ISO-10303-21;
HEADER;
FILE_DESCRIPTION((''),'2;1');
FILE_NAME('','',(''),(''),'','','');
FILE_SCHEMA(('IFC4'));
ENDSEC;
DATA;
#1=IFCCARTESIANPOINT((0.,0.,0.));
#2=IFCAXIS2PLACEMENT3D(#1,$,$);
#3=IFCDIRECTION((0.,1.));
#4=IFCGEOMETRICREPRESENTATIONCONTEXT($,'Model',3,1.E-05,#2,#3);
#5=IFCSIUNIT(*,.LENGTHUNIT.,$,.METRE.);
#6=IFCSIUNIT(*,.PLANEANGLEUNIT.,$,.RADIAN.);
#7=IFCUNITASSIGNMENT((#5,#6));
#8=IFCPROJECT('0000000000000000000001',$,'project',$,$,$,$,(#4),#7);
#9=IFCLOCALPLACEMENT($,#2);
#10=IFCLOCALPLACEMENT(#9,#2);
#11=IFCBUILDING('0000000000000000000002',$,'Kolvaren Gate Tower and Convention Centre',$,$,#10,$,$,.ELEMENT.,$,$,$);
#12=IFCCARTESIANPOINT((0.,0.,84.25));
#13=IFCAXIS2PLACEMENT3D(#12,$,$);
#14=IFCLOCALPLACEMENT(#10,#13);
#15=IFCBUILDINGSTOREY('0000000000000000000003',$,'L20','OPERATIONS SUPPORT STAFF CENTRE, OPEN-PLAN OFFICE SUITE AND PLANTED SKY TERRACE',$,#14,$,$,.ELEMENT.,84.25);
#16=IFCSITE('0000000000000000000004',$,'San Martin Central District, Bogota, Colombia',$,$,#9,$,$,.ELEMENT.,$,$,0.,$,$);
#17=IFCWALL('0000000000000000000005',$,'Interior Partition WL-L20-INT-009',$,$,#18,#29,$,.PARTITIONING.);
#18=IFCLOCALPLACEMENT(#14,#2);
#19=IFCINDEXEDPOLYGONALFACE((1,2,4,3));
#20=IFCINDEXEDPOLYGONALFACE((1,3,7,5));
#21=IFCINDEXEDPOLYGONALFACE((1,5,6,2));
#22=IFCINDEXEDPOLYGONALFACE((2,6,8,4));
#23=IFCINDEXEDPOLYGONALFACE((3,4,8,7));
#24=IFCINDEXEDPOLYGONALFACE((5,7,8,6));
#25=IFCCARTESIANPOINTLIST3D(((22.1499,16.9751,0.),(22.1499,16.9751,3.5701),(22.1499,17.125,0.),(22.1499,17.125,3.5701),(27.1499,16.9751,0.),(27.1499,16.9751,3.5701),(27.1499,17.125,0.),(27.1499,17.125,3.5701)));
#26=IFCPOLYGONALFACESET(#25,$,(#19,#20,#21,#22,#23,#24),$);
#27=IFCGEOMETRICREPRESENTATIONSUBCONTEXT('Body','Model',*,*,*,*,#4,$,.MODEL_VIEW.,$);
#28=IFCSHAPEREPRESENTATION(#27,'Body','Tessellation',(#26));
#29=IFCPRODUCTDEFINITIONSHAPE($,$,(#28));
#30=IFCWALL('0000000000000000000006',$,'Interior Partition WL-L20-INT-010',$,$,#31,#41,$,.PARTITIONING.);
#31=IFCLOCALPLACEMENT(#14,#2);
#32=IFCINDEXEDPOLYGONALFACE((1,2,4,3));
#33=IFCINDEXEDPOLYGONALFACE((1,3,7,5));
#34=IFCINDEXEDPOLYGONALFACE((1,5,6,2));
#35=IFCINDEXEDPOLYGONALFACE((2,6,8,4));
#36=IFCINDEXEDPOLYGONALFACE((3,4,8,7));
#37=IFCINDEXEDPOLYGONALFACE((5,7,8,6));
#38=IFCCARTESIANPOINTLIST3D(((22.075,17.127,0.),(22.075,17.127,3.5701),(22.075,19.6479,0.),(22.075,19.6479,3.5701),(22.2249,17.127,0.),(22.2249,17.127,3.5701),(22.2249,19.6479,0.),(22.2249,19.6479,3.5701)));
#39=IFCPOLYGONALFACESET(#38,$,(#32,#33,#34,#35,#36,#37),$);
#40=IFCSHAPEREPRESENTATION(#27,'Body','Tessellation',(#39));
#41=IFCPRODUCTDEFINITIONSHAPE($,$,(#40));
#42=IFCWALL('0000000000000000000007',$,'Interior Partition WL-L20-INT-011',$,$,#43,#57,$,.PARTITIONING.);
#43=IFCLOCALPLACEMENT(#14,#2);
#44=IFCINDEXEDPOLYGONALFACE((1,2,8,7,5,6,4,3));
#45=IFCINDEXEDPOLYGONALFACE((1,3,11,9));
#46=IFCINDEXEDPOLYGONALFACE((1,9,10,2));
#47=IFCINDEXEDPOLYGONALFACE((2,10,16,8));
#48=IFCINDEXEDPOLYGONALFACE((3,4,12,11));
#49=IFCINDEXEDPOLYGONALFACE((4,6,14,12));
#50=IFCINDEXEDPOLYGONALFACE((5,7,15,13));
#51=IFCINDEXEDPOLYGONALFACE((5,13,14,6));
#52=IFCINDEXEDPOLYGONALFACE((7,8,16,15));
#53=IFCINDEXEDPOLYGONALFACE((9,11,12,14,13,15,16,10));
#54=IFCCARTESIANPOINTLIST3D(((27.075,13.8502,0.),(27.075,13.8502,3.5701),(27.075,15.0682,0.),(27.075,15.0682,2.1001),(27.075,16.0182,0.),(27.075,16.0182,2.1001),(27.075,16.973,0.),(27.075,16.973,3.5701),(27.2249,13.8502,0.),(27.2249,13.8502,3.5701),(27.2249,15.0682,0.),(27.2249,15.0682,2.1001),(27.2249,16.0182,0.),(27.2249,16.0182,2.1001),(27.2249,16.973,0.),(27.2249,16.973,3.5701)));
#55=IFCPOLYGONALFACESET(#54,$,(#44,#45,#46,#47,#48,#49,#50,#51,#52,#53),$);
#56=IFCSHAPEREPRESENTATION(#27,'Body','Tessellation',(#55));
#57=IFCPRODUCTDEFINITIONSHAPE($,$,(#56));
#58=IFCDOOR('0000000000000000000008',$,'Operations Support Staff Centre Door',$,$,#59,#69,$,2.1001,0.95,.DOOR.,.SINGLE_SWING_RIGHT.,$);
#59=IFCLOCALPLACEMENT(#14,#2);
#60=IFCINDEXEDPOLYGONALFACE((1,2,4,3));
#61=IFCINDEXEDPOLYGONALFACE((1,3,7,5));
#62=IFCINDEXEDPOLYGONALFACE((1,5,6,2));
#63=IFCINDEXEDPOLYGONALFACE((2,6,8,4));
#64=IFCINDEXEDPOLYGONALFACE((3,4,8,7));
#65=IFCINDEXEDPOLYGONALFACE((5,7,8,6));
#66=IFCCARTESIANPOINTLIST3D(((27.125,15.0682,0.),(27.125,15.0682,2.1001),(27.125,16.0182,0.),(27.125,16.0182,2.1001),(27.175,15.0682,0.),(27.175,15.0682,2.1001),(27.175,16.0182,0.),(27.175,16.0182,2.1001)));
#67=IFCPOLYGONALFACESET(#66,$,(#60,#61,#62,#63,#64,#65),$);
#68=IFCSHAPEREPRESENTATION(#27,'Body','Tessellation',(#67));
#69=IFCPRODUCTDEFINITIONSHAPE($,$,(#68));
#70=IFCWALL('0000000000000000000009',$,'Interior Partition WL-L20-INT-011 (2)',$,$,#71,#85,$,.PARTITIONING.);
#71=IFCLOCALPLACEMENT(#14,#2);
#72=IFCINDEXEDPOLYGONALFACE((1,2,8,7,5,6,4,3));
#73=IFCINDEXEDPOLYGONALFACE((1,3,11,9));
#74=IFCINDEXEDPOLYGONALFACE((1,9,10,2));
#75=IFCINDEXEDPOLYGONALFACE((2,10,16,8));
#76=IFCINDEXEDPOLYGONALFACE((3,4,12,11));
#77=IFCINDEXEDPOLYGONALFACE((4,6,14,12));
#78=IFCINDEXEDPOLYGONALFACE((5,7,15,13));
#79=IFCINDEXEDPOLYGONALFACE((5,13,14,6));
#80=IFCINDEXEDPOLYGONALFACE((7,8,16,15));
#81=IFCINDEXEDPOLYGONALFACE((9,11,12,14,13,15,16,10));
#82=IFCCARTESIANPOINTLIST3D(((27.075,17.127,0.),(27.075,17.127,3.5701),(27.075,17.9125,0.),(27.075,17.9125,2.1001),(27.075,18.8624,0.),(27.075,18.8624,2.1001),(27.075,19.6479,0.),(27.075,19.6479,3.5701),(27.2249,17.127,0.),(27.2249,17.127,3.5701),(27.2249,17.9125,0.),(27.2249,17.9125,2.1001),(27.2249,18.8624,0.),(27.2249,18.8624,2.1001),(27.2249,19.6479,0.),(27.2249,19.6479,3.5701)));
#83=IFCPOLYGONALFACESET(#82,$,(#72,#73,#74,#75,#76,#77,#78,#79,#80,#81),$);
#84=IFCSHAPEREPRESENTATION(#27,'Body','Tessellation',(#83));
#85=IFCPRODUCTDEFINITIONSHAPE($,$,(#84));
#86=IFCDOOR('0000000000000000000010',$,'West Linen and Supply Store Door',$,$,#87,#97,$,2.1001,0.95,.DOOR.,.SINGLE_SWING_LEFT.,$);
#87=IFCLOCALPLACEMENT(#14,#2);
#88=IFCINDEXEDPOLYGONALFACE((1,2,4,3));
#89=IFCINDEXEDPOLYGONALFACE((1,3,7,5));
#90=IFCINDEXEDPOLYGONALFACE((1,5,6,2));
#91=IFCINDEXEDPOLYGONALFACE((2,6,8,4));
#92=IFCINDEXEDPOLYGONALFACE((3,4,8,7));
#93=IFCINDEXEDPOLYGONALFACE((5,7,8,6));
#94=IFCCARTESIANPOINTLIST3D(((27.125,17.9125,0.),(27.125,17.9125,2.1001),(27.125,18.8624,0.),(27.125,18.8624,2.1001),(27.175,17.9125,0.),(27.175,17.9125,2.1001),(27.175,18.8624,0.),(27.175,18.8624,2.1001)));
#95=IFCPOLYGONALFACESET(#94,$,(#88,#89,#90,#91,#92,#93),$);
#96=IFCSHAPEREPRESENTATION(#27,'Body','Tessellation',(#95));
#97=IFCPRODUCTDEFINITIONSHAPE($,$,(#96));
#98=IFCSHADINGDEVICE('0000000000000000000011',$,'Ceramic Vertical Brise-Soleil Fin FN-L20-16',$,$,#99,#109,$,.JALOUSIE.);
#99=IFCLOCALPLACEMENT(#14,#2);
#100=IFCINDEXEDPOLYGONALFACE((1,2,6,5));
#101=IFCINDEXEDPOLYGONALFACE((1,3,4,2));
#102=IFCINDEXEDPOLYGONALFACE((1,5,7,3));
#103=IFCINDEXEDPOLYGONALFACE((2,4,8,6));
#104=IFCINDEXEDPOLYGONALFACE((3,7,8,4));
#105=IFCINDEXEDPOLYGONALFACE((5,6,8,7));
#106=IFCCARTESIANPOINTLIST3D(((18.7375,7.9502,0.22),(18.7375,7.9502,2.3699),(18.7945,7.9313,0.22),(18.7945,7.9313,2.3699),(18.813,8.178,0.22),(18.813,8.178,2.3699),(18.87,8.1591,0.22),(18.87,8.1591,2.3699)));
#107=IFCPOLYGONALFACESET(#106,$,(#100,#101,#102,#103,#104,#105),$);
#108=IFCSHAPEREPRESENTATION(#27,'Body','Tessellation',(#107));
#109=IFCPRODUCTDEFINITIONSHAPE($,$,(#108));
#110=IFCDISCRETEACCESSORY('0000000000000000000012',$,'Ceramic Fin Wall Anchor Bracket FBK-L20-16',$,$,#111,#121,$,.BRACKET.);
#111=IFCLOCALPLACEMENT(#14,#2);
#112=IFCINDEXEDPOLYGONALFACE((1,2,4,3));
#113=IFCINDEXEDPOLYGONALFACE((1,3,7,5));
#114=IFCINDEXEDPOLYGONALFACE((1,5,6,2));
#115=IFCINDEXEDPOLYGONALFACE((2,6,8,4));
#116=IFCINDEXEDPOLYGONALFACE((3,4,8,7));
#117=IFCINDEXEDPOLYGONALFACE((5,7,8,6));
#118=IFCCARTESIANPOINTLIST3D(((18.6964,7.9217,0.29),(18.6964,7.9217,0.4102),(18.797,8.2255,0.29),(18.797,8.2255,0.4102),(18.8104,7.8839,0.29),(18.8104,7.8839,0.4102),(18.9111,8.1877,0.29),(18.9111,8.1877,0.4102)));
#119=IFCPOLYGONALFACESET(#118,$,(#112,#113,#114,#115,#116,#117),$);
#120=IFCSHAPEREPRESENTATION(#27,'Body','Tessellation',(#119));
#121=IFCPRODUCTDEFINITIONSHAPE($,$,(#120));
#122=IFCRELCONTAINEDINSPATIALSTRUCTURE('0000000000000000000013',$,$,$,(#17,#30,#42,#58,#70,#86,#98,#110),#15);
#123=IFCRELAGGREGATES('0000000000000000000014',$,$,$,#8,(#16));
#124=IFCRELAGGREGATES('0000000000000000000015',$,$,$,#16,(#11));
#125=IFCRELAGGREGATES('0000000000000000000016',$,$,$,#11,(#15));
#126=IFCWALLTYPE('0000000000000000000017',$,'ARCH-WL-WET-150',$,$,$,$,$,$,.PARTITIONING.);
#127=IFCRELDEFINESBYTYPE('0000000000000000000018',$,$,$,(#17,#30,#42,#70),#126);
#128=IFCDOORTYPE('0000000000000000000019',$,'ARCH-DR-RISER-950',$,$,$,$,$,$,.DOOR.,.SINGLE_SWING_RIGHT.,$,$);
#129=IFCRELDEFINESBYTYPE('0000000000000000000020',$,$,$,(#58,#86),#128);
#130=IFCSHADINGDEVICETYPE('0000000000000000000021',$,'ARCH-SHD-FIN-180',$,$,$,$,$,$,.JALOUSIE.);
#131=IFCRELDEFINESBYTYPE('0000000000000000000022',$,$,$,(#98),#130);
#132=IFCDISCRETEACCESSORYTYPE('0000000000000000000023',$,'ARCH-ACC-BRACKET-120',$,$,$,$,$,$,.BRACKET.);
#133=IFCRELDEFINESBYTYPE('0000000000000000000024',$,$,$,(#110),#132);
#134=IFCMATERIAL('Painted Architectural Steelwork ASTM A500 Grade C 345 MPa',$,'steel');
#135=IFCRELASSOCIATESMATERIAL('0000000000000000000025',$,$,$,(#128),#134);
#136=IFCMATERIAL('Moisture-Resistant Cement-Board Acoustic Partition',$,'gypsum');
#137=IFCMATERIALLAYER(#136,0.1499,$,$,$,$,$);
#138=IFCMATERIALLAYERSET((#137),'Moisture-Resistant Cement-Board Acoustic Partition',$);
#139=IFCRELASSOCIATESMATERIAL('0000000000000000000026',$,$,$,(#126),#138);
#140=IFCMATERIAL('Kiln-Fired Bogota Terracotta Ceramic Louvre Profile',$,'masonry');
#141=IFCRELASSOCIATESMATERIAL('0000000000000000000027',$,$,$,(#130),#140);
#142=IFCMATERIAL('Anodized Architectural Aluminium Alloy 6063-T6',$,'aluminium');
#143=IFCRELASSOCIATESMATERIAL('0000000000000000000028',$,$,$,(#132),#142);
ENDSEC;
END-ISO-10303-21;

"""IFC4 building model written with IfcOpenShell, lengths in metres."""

from ifc_helpers import new_model, si_unit, direction, frame, frame_2d, origin, origin_2d, place, context, subcontext, project, spatial, rectangle, extrude, material, layer, layer_set, type_object, element, fill, save


model = new_model("IFC4")

# Units and contexts
model_context = context("Model", 3, precision=1e-05, world=origin(), true_north=direction((0.0, 1.0)))
body_context = subcontext(model_context, "Body", "Model", "MODEL_VIEW")
ifc_project = project(units=[si_unit("LENGTHUNIT", "METRE"), si_unit("PLANEANGLEUNIT", "RADIAN")], contexts=[model_context])

# Site, building, storey
site_placement = place(None, origin())
site = spatial("IfcSite", under=ifc_project, at=site_placement, Name="San Martin Central District, Bogota, Colombia", CompositionType="ELEMENT", RefElevation=0.0)
building_placement = place(site_placement, origin())
building = spatial("IfcBuilding", under=site, at=building_placement, Name="Kolvaren Gate Tower and Convention Centre", CompositionType="ELEMENT")
storey_placement = place(building_placement, frame((0.0, 0.0, 84.25)))
storey = spatial("IfcBuildingStorey", under=building, at=storey_placement, Name="L20", Description="OPERATIONS SUPPORT STAFF CENTRE, OPEN-PLAN OFFICE SUITE AND PLANTED SKY TERRACE", CompositionType="ELEMENT", Elevation=84.25)

# Shared definitions
ifc_material_1 = material(Name="Painted Architectural Steelwork ASTM A500 Grade C 345 MPa", Category="steel")
door_type_1 = type_object("IfcDoorType", Name="ARCH-DR-RISER-950", OperationType="SINGLE_SWING_RIGHT", PredefinedType="DOOR", material=ifc_material_1)

# Walls
ifc_material_2 = material(Name="Moisture-Resistant Cement-Board Acoustic Partition", Category="gypsum")
ifc_layer_1 = layer(ifc_material_2, 0.1499)
ifc_layer_set_1 = layer_set([ifc_layer_1], Name="Moisture-Resistant Cement-Board Acoustic Partition")
wall_type_1 = type_object("IfcWallType", Name="ARCH-WL-WET-150", PredefinedType="PARTITIONING", material=ifc_layer_set_1)
wall_1_placement = place(storey_placement, frame((22.1499, 17.05, 0.0), z_axis=(0.0, 0.0, 1.0), x_axis=(1.0, 0.0, 0.0)))
element("IfcWall", 1, at=wall_1_placement, inside=storey, type_object=wall_type_1, Name="Interior Partition WL-L20-INT-009", PredefinedType="PARTITIONING", context=body_context, shape_type="SweptSolid", body=[
    extrude(rectangle(XDim=5.0, YDim=0.1499, at=frame_2d((2.5, 0.0))), origin(), (0.0, 0.0, 1.0), 3.5701),
])
wall_2_placement = place(storey_placement, frame((22.1499, 17.127, 0.0), z_axis=(0.0, 0.0, 1.0), x_axis=(0.0, 1.0, 0.0)))
element("IfcWall", 2, at=wall_2_placement, inside=storey, type_object=wall_type_1, Name="Interior Partition WL-L20-INT-010", PredefinedType="PARTITIONING", context=body_context, shape_type="SweptSolid", body=[
    extrude(rectangle(XDim=2.521, YDim=0.1499, at=frame_2d((1.2605, 0.0))), origin(), (0.0, 0.0, 1.0), 3.5701),
])

# Walls, openings, doors
wall_3_placement = place(storey_placement, frame((27.1499, 13.8501, 0.0), z_axis=(0.0, 0.0, 1.0), x_axis=(0.0, 1.0, 0.0)))
wall_3 = element("IfcWall", 3, at=wall_3_placement, inside=storey, type_object=wall_type_1, Name="Interior Partition WL-L20-INT-011", PredefinedType="PARTITIONING", context=body_context, shape_type="SweptSolid", body=[
    extrude(rectangle(XDim=3.1228, YDim=0.1499, at=frame_2d((1.5615, 0.0))), origin(), (0.0, 0.0, 1.0), 3.5701),
])
opening_1_placement = place(wall_3_placement, frame((1.218, 0.0, 0.0)))
opening_1 = element("IfcOpeningElement", 4, at=opening_1_placement, cuts=wall_3, PredefinedType="OPENING", context=body_context, shape_type="SweptSolid", body=[
    extrude(rectangle(XDim=0.95, YDim=2.1001, at=frame_2d((0.4751, 1.05))), frame((0.0, 0.085, 0.0), z_axis=(0.0, -1.0, 0.0), x_axis=(1.0, 0.0, 0.0)), (0.0, 0.0, 1.0), 0.1699),
])
door_1_placement = place(opening_1_placement, origin())
door_1 = element("IfcDoor", 5, at=door_1_placement, inside=storey, type_object=door_type_1, Name="Operations Support Staff Centre Door", OperationType="SINGLE_SWING_RIGHT", OverallHeight=2.1001, OverallWidth=0.95, PredefinedType="DOOR", context=body_context, shape_type="SweptSolid", body=[
    extrude(rectangle(XDim=0.95, YDim=2.1001, at=frame_2d((0.4751, 1.05))), frame((0.0, 0.0249, 0.0), z_axis=(0.0, -1.0, 0.0), x_axis=(1.0, 0.0, 0.0)), (0.0, 0.0, 1.0), 0.05),
])
fill(opening_1, door_1)
wall_4_placement = place(storey_placement, frame((27.1499, 17.127, 0.0), z_axis=(0.0, 0.0, 1.0), x_axis=(0.0, 1.0, 0.0)))
wall_4 = element("IfcWall", 6, at=wall_4_placement, inside=storey, type_object=wall_type_1, Name="Interior Partition WL-L20-INT-011 (2)", PredefinedType="PARTITIONING", context=body_context, shape_type="SweptSolid", body=[
    extrude(rectangle(XDim=2.521, YDim=0.1499, at=frame_2d((1.2605, 0.0))), origin(), (0.0, 0.0, 1.0), 3.5701),
])
opening_2_placement = place(wall_4_placement, frame((0.7854, 0.0, 0.0)))
opening_2 = element("IfcOpeningElement", 7, at=opening_2_placement, cuts=wall_4, PredefinedType="OPENING", context=body_context, shape_type="SweptSolid", body=[
    extrude(rectangle(XDim=0.95, YDim=2.1001, at=frame_2d((0.4751, 1.05))), frame((0.0, 0.085, 0.0), z_axis=(0.0, -1.0, 0.0), x_axis=(1.0, 0.0, 0.0)), (0.0, 0.0, 1.0), 0.1699),
])
door_2_placement = place(opening_2_placement, origin())
door_2 = element("IfcDoor", 8, at=door_2_placement, inside=storey, type_object=door_type_1, Name="West Linen and Supply Store Door", OperationType="SINGLE_SWING_LEFT", OverallHeight=2.1001, OverallWidth=0.95, PredefinedType="DOOR", context=body_context, shape_type="SweptSolid", body=[
    extrude(rectangle(XDim=0.95, YDim=2.1001, at=frame_2d((0.4751, 1.05))), frame((0.0, 0.0249, 0.0), z_axis=(0.0, -1.0, 0.0), x_axis=(1.0, 0.0, 0.0)), (0.0, 0.0, 1.0), 0.05),
])
fill(opening_2, door_2)

# Shading device
ifc_material_3 = material(Name="Kiln-Fired Bogota Terracotta Ceramic Louvre Profile", Category="masonry")
shading_device_type = type_object("IfcShadingDeviceType", Name="ARCH-SHD-FIN-180", PredefinedType="JALOUSIE", material=ifc_material_3)
shading_device_placement = place(storey_placement, frame((18.8037, 8.0547, 0.22), z_axis=(0.0, 0.0, 1.0), x_axis=(0.949242, -0.314548, 0.0)))
element("IfcShadingDevice", 9, at=shading_device_placement, inside=storey, type_object=shading_device_type, Name="Ceramic Vertical Brise-Soleil Fin FN-L20-16", PredefinedType="JALOUSIE", context=body_context, shape_type="SweptSolid", body=[
    extrude(rectangle(XDim=0.0601, YDim=0.24, at=origin_2d()), origin(), (0.0, 0.0, 1.0), 2.1499),
])

# Discrete accessory
ifc_material_4 = material(Name="Anodized Architectural Aluminium Alloy 6063-T6", Category="aluminium")
discrete_accessory_type = type_object("IfcDiscreteAccessoryType", Name="ARCH-ACC-BRACKET-120", PredefinedType="BRACKET", material=ifc_material_4)
discrete_accessory_placement = place(storey_placement, frame((18.8037, 8.0547, 0.29), z_axis=(0.0, 0.0, 1.0), x_axis=(0.949242, -0.314548, 0.0)))
element("IfcDiscreteAccessory", 10, at=discrete_accessory_placement, inside=storey, type_object=discrete_accessory_type, Name="Ceramic Fin Wall Anchor Bracket FBK-L20-16", PredefinedType="BRACKET", context=body_context, shape_type="SweptSolid", body=[
    extrude(rectangle(XDim=0.1201, YDim=0.3201, at=origin_2d()), origin(), (0.0, 0.0, 1.0), 0.1201),
])

save(model, "model.ifc")
